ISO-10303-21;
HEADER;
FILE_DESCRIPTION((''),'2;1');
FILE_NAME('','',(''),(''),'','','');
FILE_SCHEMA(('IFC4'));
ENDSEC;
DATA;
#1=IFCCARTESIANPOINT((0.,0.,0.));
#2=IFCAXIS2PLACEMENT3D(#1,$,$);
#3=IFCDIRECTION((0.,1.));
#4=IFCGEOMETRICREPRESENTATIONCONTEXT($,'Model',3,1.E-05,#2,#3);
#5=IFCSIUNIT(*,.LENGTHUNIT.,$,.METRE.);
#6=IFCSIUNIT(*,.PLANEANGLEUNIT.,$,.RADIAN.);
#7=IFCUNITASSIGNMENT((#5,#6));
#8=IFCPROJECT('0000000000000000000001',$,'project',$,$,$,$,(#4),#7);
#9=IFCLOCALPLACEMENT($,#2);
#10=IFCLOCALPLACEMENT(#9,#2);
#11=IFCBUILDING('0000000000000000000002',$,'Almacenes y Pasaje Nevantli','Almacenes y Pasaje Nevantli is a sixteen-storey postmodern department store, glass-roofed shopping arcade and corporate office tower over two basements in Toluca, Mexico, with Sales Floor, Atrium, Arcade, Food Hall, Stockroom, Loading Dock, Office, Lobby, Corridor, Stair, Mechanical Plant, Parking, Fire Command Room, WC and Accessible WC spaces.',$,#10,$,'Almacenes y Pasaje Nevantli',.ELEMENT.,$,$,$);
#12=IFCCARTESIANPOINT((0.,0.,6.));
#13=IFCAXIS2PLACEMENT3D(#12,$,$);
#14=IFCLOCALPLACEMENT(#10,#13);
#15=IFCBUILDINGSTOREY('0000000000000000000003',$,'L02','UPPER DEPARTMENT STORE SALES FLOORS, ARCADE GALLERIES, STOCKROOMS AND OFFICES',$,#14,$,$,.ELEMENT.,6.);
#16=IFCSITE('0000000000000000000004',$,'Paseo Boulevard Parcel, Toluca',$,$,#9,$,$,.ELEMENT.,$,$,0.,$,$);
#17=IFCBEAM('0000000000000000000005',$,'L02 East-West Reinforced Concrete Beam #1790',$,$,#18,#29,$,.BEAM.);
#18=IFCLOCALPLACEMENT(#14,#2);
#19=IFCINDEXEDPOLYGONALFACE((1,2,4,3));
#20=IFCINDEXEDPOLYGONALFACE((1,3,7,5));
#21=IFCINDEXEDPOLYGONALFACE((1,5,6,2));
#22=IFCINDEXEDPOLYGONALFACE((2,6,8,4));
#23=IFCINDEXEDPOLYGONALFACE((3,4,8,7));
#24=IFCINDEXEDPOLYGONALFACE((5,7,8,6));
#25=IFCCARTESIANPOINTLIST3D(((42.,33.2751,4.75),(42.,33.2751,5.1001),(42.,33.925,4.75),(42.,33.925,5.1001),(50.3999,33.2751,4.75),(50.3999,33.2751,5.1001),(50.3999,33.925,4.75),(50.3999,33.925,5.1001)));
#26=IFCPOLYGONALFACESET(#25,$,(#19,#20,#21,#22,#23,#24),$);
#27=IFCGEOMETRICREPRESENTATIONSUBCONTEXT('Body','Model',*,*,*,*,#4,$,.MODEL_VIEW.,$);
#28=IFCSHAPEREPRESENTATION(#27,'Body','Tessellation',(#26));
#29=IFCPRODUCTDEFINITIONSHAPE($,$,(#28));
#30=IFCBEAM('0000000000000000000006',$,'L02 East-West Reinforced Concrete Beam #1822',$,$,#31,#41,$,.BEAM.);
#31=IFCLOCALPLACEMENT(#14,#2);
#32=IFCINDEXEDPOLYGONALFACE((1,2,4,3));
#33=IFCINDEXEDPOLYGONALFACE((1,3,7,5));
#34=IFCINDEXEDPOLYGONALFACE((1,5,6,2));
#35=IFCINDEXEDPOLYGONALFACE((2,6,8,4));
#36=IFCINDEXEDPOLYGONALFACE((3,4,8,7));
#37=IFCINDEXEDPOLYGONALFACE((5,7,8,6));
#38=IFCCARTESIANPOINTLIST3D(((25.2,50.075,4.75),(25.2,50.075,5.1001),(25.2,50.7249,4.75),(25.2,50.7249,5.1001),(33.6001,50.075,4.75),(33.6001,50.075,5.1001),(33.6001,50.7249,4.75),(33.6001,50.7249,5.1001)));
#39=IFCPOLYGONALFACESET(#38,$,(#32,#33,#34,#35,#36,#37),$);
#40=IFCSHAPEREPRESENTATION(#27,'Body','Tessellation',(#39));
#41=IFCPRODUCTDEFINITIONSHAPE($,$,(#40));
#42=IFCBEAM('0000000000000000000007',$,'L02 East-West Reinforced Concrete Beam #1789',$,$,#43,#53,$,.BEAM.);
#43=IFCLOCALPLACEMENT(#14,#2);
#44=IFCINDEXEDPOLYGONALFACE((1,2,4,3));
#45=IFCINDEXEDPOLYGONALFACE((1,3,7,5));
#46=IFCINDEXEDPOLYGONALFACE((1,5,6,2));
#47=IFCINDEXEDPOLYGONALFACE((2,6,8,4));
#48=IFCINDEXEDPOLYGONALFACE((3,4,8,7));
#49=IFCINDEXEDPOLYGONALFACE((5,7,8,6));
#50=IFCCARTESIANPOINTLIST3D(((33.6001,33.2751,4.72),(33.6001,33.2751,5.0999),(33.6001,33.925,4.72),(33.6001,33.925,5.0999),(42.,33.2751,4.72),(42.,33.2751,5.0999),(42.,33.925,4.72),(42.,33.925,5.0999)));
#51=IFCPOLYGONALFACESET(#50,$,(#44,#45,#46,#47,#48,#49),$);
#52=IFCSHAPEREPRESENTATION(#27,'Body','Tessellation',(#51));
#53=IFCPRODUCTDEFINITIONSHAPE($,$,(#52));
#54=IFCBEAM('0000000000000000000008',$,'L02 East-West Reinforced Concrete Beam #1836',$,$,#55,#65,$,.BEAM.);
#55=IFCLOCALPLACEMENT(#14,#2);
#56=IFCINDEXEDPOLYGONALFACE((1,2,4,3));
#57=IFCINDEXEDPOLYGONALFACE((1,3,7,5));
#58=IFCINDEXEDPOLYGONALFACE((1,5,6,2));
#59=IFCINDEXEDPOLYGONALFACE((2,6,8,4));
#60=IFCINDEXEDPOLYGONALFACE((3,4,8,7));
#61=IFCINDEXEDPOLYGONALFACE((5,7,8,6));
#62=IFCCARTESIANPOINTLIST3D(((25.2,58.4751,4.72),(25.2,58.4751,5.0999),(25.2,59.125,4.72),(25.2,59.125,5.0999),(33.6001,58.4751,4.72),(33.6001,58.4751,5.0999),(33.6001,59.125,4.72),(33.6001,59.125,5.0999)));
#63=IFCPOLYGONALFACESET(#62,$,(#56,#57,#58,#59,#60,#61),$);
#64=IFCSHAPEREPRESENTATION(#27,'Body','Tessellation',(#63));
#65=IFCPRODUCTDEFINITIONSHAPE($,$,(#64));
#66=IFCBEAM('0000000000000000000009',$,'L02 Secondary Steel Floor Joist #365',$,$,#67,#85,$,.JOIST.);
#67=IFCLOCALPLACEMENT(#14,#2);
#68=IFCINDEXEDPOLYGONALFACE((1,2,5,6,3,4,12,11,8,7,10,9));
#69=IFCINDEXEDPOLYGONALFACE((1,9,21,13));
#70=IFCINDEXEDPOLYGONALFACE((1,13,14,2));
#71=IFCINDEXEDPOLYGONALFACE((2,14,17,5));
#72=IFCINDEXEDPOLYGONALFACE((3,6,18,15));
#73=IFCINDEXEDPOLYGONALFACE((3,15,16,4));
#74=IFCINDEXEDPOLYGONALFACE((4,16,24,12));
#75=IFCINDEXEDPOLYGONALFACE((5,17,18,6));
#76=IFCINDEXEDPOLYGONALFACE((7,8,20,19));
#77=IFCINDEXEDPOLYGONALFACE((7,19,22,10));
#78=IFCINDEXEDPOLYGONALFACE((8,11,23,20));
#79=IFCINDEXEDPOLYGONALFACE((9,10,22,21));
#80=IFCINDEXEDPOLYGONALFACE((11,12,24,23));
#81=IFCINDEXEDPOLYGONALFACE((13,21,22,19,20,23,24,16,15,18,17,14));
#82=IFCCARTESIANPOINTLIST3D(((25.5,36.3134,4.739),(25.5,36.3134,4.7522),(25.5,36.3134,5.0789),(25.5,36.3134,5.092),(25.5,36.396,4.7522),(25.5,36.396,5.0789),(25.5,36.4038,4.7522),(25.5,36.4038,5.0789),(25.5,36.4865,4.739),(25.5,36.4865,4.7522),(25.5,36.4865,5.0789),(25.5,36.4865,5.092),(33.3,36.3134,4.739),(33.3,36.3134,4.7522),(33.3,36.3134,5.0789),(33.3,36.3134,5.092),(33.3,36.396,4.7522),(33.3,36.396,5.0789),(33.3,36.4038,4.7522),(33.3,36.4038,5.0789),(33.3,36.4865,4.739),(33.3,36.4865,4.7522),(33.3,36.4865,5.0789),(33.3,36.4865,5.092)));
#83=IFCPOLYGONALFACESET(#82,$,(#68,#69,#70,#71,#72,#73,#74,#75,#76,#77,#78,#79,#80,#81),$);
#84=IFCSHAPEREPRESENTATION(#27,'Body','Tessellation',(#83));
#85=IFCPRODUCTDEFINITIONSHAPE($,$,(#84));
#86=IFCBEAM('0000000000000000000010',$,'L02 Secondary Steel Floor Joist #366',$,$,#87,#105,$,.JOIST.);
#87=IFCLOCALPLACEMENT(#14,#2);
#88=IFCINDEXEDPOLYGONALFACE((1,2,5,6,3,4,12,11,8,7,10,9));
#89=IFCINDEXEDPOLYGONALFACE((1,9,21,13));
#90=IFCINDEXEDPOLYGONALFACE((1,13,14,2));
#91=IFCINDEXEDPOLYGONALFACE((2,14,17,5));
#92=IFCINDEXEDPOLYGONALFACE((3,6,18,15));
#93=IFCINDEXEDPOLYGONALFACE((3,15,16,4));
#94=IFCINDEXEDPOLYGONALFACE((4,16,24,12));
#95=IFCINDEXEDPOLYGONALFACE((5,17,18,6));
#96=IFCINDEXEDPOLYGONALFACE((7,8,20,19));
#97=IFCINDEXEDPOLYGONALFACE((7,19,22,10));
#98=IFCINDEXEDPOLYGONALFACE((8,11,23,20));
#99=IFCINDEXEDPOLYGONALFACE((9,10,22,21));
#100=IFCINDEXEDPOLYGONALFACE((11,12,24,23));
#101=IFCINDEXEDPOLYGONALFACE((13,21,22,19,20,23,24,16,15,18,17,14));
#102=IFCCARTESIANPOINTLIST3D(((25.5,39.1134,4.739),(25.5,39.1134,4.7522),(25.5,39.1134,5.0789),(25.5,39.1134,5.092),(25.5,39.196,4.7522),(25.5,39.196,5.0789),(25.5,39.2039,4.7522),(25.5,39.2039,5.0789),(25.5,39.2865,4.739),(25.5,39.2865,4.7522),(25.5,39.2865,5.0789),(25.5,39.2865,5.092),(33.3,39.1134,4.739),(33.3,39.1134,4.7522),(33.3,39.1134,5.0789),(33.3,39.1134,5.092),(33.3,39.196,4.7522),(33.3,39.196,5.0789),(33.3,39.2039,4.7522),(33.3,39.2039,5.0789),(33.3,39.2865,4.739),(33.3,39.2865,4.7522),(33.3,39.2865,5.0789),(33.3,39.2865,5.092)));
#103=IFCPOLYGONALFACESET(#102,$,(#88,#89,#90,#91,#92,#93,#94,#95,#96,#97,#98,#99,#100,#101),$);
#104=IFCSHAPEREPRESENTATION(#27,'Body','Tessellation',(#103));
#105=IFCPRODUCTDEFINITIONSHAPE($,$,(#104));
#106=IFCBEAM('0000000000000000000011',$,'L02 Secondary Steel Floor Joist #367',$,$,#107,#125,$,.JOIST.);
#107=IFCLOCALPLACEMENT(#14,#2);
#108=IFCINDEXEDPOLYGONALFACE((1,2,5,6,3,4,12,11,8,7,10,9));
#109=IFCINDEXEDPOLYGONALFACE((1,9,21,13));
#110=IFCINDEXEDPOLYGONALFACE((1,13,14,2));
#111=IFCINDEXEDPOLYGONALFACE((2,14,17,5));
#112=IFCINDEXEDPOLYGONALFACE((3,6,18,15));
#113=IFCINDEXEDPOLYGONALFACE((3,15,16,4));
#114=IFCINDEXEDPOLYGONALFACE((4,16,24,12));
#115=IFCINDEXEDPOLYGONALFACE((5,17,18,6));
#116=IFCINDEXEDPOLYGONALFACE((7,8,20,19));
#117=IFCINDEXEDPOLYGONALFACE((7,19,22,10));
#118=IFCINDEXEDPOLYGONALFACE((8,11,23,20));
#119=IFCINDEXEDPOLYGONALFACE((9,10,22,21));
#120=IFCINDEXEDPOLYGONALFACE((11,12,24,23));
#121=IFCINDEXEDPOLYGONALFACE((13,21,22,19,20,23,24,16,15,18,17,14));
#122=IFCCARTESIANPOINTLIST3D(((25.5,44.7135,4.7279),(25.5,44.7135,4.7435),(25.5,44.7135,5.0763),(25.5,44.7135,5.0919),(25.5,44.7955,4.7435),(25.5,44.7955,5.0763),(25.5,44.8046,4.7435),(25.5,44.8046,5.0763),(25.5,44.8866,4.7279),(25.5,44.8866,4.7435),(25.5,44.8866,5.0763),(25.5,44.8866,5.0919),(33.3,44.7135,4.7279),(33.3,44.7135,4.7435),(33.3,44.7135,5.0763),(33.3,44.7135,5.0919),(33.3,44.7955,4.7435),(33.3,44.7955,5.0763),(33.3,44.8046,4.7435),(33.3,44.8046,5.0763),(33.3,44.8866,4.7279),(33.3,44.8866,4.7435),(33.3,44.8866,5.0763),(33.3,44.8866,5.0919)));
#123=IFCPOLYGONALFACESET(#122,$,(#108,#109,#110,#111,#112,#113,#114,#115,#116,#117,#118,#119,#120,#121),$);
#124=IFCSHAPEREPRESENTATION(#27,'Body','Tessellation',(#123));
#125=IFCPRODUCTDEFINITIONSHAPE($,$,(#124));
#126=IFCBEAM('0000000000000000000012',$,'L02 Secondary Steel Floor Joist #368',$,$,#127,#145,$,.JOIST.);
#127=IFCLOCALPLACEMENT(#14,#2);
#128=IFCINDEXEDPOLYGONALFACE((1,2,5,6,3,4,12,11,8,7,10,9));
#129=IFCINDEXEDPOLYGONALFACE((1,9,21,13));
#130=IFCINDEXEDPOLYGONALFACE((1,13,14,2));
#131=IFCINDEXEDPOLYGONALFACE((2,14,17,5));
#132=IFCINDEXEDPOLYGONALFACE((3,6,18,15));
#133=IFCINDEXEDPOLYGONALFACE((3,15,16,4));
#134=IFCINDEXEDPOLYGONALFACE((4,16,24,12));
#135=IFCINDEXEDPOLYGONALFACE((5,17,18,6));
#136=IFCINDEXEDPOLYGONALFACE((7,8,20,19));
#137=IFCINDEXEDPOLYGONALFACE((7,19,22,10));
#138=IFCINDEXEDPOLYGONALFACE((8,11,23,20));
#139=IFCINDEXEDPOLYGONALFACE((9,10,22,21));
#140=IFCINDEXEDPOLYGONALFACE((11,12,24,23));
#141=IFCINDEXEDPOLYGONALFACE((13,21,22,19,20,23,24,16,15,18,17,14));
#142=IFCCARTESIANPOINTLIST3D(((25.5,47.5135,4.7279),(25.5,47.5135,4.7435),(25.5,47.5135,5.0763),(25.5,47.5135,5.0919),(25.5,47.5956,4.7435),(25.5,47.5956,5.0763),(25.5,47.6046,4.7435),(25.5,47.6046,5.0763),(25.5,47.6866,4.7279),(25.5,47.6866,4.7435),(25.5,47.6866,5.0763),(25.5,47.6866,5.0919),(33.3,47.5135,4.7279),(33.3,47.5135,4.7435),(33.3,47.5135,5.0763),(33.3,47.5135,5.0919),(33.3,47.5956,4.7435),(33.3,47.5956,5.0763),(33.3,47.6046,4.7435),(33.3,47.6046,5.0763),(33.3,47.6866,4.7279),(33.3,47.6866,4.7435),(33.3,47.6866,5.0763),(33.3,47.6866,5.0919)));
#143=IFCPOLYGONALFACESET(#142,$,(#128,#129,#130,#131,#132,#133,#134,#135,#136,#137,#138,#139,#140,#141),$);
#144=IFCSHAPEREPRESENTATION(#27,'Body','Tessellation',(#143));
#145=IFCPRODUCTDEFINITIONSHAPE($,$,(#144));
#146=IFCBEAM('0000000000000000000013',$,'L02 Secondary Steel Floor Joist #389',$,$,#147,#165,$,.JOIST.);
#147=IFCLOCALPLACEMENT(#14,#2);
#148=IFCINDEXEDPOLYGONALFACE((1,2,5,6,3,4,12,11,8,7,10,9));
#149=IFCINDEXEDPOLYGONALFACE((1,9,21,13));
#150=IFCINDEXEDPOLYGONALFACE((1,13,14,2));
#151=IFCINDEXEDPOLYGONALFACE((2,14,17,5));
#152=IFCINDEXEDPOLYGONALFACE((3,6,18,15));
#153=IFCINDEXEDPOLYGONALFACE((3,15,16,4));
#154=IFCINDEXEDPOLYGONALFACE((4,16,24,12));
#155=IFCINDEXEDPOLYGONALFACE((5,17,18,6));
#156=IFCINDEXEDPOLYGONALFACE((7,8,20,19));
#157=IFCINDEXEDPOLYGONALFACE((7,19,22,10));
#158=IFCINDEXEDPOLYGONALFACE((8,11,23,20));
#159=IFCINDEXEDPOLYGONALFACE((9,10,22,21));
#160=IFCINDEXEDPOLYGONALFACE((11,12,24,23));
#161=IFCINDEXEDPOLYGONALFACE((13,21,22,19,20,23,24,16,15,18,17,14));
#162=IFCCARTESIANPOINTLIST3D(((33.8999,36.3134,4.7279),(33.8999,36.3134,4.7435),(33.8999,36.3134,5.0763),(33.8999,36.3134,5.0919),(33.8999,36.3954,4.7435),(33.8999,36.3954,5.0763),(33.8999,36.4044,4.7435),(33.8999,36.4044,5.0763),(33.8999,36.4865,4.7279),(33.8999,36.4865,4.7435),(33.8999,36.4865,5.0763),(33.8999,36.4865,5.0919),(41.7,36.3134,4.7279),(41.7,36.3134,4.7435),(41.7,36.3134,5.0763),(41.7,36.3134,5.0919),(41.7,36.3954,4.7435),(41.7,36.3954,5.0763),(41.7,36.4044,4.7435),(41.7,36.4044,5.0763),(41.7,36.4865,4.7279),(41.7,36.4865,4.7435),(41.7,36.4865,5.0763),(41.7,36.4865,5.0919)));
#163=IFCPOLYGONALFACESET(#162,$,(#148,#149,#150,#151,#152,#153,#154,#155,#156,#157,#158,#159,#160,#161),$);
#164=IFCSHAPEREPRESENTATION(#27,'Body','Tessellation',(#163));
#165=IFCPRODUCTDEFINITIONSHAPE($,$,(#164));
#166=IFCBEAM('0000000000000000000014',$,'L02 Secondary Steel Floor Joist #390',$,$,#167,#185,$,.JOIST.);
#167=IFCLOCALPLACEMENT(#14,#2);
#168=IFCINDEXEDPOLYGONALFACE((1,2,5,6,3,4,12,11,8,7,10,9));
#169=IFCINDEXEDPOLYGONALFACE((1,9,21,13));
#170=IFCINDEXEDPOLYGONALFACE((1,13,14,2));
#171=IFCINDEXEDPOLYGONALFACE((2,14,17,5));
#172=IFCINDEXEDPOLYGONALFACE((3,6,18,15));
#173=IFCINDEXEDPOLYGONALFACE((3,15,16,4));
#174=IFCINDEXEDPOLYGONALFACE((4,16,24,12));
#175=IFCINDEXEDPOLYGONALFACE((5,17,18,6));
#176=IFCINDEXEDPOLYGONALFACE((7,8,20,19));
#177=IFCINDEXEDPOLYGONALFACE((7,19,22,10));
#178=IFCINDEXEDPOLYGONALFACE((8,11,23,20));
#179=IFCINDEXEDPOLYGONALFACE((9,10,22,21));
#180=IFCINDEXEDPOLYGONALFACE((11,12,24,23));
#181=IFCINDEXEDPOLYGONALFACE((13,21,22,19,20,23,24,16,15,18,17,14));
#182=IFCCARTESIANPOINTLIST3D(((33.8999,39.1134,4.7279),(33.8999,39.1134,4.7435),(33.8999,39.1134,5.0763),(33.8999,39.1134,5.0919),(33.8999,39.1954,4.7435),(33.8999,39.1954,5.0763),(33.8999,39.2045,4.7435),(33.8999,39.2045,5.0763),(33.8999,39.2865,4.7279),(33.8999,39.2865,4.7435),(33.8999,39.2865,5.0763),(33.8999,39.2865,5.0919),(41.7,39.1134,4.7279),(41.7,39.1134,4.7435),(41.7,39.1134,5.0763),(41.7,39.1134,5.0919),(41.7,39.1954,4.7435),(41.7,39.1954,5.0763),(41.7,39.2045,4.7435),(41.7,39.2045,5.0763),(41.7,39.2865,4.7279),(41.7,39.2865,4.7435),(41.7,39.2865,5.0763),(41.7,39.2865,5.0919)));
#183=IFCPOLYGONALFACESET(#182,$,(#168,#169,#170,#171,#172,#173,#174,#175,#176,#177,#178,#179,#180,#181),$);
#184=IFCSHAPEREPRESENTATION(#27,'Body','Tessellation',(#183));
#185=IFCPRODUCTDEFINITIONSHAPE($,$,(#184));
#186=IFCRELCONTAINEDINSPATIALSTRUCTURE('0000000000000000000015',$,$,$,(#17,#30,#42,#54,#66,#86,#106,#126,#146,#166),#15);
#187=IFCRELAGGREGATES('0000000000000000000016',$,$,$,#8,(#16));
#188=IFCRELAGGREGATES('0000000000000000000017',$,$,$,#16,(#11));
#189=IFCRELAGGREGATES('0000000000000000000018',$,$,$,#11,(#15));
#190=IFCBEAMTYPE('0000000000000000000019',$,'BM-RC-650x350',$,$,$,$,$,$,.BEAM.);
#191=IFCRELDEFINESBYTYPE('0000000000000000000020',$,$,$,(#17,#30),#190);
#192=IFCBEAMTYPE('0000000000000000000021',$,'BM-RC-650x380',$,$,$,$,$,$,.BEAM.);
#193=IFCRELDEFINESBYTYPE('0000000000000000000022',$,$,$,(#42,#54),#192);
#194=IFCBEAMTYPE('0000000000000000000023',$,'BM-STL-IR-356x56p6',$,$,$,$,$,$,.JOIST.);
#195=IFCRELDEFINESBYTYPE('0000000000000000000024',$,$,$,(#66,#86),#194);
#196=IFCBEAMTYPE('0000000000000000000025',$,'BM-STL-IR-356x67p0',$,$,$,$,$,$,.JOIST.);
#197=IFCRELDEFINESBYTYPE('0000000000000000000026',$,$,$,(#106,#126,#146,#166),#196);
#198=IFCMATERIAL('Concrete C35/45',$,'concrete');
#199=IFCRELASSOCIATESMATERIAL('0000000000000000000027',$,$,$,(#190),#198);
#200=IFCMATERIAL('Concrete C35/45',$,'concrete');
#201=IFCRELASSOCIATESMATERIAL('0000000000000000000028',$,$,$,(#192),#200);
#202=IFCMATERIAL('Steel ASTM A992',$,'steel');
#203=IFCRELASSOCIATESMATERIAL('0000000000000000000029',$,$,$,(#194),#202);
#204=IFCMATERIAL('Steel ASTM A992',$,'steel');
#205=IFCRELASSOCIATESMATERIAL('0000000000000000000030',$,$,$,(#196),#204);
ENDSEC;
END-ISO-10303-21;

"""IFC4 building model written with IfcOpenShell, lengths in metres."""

from ifc_helpers import new_model, si_unit, direction, frame, origin, origin_2d, place, context, subcontext, project, spatial, rectangle, i_section, extrude, material, material_profile, profile_set, type_object, element, save


model = new_model("IFC4")

# Units and contexts
model_context = context("Model", 3, precision=1e-05, world=origin(), true_north=direction((0.0, 1.0)))
body_context = subcontext(model_context, "Body", "Model", "MODEL_VIEW")
ifc_project = project(units=[si_unit("LENGTHUNIT", "METRE"), si_unit("PLANEANGLEUNIT", "RADIAN")], contexts=[model_context])

# Site, building, storey
site_placement = place(None, origin())
site = spatial("IfcSite", under=ifc_project, at=site_placement, Name="Paseo Boulevard Parcel, Toluca", CompositionType="ELEMENT", RefElevation=0.0)
building_placement = place(site_placement, origin())
building = spatial("IfcBuilding", under=site, at=building_placement, Name="Almacenes y Pasaje Nevantli", Description="Almacenes y Pasaje Nevantli is a sixteen-storey postmodern department store, glass-roofed shopping arcade and corporate office tower over two basements in Toluca, Mexico, with Sales Floor, Atrium, Arcade, Food Hall, Stockroom, Loading Dock, Office, Lobby, Corridor, Stair, Mechanical Plant, Parking, Fire Command Room, WC and Accessible WC spaces.", LongName="Almacenes y Pasaje Nevantli", CompositionType="ELEMENT")
storey_placement = place(building_placement, frame((0.0, 0.0, 6.0)))
storey = spatial("IfcBuildingStorey", under=building, at=storey_placement, Name="L02", Description="UPPER DEPARTMENT STORE SALES FLOORS, ARCADE GALLERIES, STOCKROOMS AND OFFICES", CompositionType="ELEMENT", Elevation=6.0)

# Beams
ifc_material_1 = material(Name="Concrete C35/45", Category="concrete")
ifc_material_profile_1 = material_profile(ifc_material_1, rectangle(XDim=0.6499, YDim=0.3501, at=origin_2d()), Name="RC-BM-650x350")
ifc_profile_set_1 = profile_set([ifc_material_profile_1], Name="Concrete C35/45")
beam_type_1 = type_object("IfcBeamType", Name="BM-RC-650x350", PredefinedType="BEAM", material=ifc_profile_set_1)
beam_1_placement = place(storey_placement, frame((42.0, 33.6001, 4.925), z_axis=(1.0, 0.0, 0.0), x_axis=(0.0, 1.0, 0.0)))
element("IfcBeam", 1, at=beam_1_placement, inside=storey, type_object=beam_type_1, Name="L02 East-West Reinforced Concrete Beam #1790", PredefinedType="BEAM", context=body_context, shape_type="SweptSolid", body=[
    extrude(rectangle(XDim=0.6499, YDim=0.3501, at=origin_2d()), origin(), (0.0, 0.0, 1.0), 8.3999),
])
beam_2_placement = place(storey_placement, frame((25.2, 50.3999, 4.925), z_axis=(1.0, 0.0, 0.0), x_axis=(0.0, 1.0, 0.0)))
element("IfcBeam", 2, at=beam_2_placement, inside=storey, type_object=beam_type_1, Name="L02 East-West Reinforced Concrete Beam #1822", PredefinedType="BEAM", context=body_context, shape_type="SweptSolid", body=[
    extrude(rectangle(XDim=0.6499, YDim=0.3501, at=origin_2d()), origin(), (0.0, 0.0, 1.0), 8.4001),
])
ifc_material_2 = material(Name="Concrete C35/45", Category="concrete")
ifc_material_profile_2 = material_profile(ifc_material_2, rectangle(XDim=0.6499, YDim=0.3799, at=origin_2d()), Name="RC-BM-650x380")
ifc_profile_set_2 = profile_set([ifc_material_profile_2], Name="Concrete C35/45")
beam_type_2 = type_object("IfcBeamType", Name="BM-RC-650x380", PredefinedType="BEAM", material=ifc_profile_set_2)
beam_3_placement = place(storey_placement, frame((33.6001, 33.6001, 4.9099), z_axis=(1.0, 0.0, 0.0), x_axis=(0.0, 1.0, 0.0)))
element("IfcBeam", 3, at=beam_3_placement, inside=storey, type_object=beam_type_2, Name="L02 East-West Reinforced Concrete Beam #1789", PredefinedType="BEAM", context=body_context, shape_type="SweptSolid", body=[
    extrude(rectangle(XDim=0.6499, YDim=0.3799, at=origin_2d()), origin(), (0.0, 0.0, 1.0), 8.3999),
])
beam_4_placement = place(storey_placement, frame((25.2, 58.8, 4.9099), z_axis=(1.0, 0.0, 0.0), x_axis=(0.0, 1.0, 0.0)))
element("IfcBeam", 4, at=beam_4_placement, inside=storey, type_object=beam_type_2, Name="L02 East-West Reinforced Concrete Beam #1836", PredefinedType="BEAM", context=body_context, shape_type="SweptSolid", body=[
    extrude(rectangle(XDim=0.6499, YDim=0.3799, at=origin_2d()), origin(), (0.0, 0.0, 1.0), 8.4001),
])
ifc_material_3 = material(Name="Steel ASTM A992", Category="steel")
ifc_material_profile_3 = material_profile(ifc_material_3, i_section(OverallWidth=0.1731, OverallDepth=0.353, WebThickness=0.0078, FlangeThickness=0.0132, at=origin_2d()), Name="IR 356x56.6")
ifc_profile_set_3 = profile_set([ifc_material_profile_3], Name="Steel ASTM A992")
beam_type_3 = type_object("IfcBeamType", Name="BM-STL-IR-356x56p6", PredefinedType="JOIST", material=ifc_profile_set_3)
for number, where, z_axis, x_axis, name in (
    (5, (25.5, 36.3999, 4.9155), (1.0, 0.0, 0.0), (0.0, 1.0, 0.0), "L02 Secondary Steel Floor Joist #365"),
    (6, (25.5, 39.2, 4.9155), (1.0, 0.0, 0.0), (0.0, 1.0, 0.0), "L02 Secondary Steel Floor Joist #366"),
):
    element("IfcBeam", number, at=place(storey_placement, frame(where, z_axis=z_axis, x_axis=x_axis)), inside=storey, type_object=beam_type_3, Name=name, PredefinedType="JOIST", context=body_context, shape_type="SweptSolid", body=[
        extrude(i_section(OverallWidth=0.1731, OverallDepth=0.353, WebThickness=0.0078, FlangeThickness=0.0132, at=origin_2d()), origin(), (0.0, 0.0, 1.0), 7.8),
    ])
ifc_material_4 = material(Name="Steel ASTM A992", Category="steel")
ifc_material_profile_4 = material_profile(ifc_material_4, i_section(OverallWidth=0.1731, OverallDepth=0.364, WebThickness=0.009, FlangeThickness=0.0156, at=origin_2d()), Name="IR 356x67.0")
ifc_profile_set_4 = profile_set([ifc_material_profile_4], Name="Steel ASTM A992")
beam_type_4 = type_object("IfcBeamType", Name="BM-STL-IR-356x67p0", PredefinedType="JOIST", material=ifc_profile_set_4)
for number, where, z_axis, x_axis, name in (
    (7, (25.5, 44.8, 4.9099), (1.0, 0.0, 0.0), (0.0, 1.0, 0.0), "L02 Secondary Steel Floor Joist #367"),
    (8, (25.5, 47.6001, 4.9099), (1.0, 0.0, 0.0), (0.0, 1.0, 0.0), "L02 Secondary Steel Floor Joist #368"),
    (9, (33.8999, 36.3999, 4.9099), (1.0, 0.0, 0.0), (0.0, 1.0, 0.0), "L02 Secondary Steel Floor Joist #389"),
    (10, (33.8999, 39.2, 4.9099), (1.0, 0.0, 0.0), (0.0, 1.0, 0.0), "L02 Secondary Steel Floor Joist #390"),
):
    element("IfcBeam", number, at=place(storey_placement, frame(where, z_axis=z_axis, x_axis=x_axis)), inside=storey, type_object=beam_type_4, Name=name, PredefinedType="JOIST", context=body_context, shape_type="SweptSolid", body=[
        extrude(i_section(OverallWidth=0.1731, OverallDepth=0.364, WebThickness=0.009, FlangeThickness=0.0156, at=origin_2d()), origin(), (0.0, 0.0, 1.0), 7.8),
    ])

save(model, "model.ifc")
